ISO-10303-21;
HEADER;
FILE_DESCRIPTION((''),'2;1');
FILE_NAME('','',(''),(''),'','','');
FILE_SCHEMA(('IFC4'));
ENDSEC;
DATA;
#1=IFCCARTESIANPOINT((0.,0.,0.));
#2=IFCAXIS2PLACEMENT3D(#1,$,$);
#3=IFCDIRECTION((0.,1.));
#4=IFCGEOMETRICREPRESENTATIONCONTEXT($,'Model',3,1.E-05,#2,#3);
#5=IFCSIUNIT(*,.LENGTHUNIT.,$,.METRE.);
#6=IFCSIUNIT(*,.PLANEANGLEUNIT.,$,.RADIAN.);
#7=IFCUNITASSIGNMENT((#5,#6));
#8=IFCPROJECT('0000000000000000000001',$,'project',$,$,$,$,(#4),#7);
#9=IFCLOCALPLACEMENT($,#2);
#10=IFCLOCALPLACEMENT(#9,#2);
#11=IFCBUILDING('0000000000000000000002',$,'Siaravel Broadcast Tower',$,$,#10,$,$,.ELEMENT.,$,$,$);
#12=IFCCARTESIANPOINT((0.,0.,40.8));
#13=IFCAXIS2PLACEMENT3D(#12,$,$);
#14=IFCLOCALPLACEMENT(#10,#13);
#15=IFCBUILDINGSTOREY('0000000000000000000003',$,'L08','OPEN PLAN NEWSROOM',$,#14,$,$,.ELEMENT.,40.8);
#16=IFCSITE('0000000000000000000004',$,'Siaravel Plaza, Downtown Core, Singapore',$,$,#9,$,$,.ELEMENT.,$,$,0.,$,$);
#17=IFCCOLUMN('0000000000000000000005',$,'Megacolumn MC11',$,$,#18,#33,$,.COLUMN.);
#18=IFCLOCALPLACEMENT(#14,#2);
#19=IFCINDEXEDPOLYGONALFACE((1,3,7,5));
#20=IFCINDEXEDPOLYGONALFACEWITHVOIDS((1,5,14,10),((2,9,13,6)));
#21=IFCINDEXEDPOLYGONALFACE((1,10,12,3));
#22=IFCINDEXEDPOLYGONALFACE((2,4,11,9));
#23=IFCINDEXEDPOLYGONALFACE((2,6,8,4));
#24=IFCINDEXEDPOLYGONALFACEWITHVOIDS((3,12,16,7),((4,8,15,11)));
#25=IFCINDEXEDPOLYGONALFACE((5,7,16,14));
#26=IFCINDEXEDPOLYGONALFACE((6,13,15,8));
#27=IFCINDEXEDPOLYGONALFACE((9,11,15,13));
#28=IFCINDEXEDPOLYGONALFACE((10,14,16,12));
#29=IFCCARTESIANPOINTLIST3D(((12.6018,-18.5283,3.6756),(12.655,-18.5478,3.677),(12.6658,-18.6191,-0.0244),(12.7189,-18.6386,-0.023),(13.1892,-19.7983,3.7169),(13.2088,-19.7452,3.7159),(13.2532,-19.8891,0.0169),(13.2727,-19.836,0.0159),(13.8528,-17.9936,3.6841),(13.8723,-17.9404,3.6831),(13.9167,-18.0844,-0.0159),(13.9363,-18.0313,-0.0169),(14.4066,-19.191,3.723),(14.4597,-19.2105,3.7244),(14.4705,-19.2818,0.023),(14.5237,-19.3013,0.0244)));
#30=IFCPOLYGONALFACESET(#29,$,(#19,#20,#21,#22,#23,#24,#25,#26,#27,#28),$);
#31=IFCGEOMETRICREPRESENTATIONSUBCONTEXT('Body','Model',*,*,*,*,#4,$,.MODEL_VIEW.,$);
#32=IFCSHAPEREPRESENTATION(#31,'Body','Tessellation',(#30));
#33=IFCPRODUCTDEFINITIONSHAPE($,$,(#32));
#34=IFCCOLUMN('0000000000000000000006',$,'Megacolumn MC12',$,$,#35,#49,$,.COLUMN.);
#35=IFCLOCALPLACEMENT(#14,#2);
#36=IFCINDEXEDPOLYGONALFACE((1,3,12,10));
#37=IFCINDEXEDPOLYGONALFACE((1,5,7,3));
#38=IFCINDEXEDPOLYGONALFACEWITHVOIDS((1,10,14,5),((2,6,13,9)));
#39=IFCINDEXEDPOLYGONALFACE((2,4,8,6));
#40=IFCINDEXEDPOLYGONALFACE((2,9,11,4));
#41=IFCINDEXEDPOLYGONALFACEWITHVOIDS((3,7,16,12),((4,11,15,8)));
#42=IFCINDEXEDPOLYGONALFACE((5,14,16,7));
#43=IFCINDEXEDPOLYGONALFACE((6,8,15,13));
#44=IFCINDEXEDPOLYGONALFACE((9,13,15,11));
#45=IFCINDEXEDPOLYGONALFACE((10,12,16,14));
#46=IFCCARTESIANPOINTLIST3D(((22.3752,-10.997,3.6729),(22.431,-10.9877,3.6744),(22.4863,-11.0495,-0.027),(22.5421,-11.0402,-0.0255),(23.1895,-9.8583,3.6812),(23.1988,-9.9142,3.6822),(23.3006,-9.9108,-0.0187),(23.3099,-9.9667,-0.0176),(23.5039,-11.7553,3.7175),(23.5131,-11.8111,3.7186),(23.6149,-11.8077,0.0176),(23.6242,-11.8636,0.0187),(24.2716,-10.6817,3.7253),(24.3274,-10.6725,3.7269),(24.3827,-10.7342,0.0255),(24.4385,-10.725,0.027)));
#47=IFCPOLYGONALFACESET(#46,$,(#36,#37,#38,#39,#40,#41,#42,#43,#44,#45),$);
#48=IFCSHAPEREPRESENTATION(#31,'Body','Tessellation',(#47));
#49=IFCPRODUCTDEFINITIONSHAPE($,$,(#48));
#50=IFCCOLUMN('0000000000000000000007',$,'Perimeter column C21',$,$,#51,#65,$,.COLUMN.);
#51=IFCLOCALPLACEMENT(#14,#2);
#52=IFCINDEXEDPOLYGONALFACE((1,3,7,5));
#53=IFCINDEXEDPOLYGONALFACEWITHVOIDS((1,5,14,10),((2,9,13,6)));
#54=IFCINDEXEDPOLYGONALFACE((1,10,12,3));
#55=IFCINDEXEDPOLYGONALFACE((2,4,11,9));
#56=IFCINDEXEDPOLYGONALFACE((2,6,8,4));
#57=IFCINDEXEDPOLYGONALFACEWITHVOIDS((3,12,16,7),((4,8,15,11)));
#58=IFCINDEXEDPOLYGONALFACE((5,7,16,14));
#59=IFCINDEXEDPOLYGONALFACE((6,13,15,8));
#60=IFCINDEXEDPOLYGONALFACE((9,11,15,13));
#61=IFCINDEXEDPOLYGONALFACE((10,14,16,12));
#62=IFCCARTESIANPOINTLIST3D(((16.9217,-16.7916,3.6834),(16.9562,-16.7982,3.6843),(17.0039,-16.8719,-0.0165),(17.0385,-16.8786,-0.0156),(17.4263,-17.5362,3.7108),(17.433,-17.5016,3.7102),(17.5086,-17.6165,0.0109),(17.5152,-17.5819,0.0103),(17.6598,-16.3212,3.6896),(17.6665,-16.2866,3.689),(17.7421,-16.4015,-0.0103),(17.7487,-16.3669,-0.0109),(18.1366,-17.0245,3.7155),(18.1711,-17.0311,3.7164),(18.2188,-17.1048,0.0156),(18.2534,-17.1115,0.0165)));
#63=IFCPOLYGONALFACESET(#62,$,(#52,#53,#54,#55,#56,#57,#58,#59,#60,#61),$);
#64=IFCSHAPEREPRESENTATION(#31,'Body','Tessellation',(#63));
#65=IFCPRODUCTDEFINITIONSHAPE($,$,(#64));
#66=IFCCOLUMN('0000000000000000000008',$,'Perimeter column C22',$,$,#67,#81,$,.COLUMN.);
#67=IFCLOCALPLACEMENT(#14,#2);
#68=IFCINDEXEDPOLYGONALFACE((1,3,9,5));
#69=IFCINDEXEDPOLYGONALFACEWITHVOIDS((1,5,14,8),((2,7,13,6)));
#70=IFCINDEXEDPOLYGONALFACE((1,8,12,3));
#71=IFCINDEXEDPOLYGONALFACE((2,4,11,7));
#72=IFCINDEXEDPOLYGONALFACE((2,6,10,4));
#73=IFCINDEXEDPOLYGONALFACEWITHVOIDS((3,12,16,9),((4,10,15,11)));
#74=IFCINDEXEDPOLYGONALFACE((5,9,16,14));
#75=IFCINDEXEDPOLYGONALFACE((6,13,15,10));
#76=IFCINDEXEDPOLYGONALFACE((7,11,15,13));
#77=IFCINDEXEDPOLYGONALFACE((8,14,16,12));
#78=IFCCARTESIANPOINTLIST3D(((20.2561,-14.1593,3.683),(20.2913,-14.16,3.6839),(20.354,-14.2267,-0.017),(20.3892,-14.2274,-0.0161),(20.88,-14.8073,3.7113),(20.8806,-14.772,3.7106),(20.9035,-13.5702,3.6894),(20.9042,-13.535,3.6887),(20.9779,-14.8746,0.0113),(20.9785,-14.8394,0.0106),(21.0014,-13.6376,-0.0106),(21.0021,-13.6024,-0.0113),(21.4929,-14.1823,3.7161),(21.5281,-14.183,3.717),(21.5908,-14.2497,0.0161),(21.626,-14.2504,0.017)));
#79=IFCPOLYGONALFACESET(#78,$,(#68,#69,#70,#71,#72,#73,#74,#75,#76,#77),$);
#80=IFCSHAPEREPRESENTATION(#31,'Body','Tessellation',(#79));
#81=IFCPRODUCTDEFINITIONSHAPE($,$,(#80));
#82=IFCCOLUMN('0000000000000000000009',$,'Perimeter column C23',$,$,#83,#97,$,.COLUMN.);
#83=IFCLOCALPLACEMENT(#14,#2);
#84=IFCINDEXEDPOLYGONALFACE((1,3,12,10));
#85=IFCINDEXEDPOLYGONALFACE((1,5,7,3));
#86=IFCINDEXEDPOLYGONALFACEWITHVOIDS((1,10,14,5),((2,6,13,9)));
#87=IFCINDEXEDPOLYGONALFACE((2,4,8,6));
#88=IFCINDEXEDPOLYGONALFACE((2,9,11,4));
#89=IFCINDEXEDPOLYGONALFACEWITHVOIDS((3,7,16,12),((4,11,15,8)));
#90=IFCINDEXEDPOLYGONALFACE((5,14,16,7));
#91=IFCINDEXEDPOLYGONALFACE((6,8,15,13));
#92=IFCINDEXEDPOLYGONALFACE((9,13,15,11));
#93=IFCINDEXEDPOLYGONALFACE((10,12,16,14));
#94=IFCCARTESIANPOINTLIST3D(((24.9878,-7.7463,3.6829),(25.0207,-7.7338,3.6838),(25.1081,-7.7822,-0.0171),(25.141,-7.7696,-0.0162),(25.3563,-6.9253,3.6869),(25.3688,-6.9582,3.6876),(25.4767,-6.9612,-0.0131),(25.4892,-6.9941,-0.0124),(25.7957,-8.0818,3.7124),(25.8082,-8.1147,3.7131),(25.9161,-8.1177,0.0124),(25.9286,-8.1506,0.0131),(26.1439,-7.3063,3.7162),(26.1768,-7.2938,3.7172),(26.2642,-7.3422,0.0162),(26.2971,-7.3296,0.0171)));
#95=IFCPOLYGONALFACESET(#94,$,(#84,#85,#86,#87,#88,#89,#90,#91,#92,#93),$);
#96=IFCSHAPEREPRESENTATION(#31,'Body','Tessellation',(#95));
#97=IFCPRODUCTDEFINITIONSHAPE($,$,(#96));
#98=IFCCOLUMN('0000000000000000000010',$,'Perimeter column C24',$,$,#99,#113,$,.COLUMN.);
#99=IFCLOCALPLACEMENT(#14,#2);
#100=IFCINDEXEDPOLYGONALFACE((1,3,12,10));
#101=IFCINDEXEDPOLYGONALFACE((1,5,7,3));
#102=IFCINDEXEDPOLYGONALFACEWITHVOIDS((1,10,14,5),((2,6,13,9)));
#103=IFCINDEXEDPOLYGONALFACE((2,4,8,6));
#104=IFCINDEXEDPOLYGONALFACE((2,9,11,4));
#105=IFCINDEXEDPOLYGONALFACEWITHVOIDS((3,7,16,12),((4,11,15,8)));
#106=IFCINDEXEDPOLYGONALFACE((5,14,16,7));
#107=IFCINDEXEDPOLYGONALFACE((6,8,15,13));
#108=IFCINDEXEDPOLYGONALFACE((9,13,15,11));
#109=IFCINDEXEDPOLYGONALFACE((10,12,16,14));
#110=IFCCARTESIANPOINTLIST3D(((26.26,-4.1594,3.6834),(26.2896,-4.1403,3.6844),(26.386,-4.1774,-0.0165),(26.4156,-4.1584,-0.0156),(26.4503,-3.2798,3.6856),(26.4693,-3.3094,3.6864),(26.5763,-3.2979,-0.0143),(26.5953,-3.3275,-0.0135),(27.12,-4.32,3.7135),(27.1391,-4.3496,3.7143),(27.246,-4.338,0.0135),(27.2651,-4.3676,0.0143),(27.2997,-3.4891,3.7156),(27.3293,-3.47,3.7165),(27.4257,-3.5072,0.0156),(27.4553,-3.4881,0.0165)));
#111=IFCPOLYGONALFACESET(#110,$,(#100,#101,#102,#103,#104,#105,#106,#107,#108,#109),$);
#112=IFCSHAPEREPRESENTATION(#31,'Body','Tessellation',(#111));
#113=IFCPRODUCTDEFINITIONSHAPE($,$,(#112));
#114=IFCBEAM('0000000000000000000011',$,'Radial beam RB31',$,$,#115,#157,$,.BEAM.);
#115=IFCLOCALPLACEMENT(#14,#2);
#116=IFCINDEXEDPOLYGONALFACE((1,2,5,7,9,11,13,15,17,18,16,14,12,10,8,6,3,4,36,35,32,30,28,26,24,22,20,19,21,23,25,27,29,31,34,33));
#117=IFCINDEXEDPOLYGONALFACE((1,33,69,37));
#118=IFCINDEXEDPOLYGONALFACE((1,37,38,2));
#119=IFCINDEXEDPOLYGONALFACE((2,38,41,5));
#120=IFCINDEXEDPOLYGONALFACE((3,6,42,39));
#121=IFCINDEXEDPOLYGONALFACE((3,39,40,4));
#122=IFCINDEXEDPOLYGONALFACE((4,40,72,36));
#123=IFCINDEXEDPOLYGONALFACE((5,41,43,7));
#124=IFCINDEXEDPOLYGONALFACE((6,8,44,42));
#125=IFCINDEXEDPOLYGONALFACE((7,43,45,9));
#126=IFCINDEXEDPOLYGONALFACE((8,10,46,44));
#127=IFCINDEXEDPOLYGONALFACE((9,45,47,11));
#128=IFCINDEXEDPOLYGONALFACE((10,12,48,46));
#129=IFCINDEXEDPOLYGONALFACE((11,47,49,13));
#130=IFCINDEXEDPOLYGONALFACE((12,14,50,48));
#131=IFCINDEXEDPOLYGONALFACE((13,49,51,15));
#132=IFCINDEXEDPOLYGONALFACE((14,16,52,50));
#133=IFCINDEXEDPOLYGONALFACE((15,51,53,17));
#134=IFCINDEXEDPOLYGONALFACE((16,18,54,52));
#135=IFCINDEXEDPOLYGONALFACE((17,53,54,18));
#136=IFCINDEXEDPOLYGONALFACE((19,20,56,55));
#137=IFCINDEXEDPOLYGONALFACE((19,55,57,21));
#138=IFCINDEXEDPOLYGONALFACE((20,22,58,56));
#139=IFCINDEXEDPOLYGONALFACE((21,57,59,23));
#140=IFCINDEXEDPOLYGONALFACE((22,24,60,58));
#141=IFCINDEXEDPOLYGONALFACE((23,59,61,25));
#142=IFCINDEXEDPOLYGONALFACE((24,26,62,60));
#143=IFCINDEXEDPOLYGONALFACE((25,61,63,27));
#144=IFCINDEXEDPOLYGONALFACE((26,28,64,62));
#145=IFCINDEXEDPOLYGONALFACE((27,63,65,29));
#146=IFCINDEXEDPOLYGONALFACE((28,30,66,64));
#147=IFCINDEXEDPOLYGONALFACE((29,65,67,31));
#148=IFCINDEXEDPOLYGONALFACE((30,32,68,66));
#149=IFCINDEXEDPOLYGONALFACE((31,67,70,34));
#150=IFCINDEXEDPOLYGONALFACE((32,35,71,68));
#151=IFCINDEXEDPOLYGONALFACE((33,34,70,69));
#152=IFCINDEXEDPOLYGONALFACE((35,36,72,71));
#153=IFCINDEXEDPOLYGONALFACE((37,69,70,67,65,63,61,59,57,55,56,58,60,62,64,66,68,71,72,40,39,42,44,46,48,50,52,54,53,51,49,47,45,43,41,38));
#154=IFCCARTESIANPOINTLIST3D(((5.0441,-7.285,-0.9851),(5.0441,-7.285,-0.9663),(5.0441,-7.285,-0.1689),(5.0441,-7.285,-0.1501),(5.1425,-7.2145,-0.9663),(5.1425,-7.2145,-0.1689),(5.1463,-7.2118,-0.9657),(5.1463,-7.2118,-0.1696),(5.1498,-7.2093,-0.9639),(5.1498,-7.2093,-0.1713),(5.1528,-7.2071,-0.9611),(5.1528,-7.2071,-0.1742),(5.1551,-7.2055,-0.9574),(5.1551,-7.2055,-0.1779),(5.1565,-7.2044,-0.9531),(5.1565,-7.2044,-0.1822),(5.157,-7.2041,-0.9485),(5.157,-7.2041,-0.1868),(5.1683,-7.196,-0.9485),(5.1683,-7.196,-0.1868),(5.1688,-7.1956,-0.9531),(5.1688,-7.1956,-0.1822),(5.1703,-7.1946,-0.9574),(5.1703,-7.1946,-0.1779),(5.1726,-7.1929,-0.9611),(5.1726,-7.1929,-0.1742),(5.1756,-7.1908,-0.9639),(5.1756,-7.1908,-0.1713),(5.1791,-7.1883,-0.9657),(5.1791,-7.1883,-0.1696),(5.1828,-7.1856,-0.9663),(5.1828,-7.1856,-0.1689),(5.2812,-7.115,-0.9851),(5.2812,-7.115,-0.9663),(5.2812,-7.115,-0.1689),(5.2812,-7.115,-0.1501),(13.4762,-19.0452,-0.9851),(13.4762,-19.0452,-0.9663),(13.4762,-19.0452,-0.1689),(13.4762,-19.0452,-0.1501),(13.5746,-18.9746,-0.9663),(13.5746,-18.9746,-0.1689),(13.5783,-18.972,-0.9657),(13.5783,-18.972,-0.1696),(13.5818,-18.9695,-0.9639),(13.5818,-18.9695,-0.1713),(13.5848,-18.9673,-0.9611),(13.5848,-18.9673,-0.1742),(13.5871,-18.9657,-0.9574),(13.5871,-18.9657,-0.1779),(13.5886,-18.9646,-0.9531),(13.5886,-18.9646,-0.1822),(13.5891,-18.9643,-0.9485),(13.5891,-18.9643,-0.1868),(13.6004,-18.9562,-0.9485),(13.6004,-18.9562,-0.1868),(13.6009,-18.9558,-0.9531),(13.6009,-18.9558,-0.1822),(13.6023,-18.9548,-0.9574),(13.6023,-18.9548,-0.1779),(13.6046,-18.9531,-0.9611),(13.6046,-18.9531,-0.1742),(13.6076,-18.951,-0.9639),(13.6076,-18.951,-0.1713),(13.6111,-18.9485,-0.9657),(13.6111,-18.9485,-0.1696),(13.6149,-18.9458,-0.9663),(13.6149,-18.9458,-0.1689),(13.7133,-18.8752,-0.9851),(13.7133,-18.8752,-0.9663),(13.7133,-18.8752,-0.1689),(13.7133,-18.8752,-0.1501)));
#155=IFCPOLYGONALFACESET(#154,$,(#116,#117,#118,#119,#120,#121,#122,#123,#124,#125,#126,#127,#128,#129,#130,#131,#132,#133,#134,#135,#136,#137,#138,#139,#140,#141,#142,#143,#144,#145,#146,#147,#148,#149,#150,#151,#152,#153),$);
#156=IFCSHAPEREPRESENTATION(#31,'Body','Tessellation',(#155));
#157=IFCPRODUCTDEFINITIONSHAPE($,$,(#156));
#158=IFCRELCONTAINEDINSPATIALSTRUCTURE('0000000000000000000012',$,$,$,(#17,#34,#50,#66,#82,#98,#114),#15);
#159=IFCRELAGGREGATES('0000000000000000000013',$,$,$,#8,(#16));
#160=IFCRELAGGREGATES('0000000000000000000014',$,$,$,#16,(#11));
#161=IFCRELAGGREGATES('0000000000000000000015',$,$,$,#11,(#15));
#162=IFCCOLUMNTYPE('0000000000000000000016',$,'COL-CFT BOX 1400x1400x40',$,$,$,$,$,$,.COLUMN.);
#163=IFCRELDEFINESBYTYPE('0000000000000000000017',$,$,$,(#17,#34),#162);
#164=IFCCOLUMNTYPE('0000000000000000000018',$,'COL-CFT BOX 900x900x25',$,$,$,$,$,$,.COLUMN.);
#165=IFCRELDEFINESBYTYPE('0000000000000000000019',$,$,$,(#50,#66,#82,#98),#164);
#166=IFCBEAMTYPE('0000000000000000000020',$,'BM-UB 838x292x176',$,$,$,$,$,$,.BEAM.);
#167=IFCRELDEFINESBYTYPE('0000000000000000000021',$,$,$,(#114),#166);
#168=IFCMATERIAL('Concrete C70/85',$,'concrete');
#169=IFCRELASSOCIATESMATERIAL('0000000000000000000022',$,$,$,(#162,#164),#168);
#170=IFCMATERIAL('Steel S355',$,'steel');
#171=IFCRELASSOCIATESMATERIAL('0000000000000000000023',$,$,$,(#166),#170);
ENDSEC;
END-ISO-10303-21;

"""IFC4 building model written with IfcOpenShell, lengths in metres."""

from ifc_helpers import new_model, si_unit, direction, frame, origin, origin_2d, place, context, subcontext, project, spatial, hollow_rectangle, i_section, extrude, material, material_profile, profile_set, type_object, element, save


model = new_model("IFC4")

# Units and contexts
model_context = context("Model", 3, precision=1e-05, world=origin(), true_north=direction((0.0, 1.0)))
body_context = subcontext(model_context, "Body", "Model", "MODEL_VIEW")
ifc_project = project(units=[si_unit("LENGTHUNIT", "METRE"), si_unit("PLANEANGLEUNIT", "RADIAN")], contexts=[model_context])

# Site, building, storey
site_placement = place(None, origin())
site = spatial("IfcSite", under=ifc_project, at=site_placement, Name="Siaravel Plaza, Downtown Core, Singapore", CompositionType="ELEMENT", RefElevation=0.0)
building_placement = place(site_placement, origin())
building = spatial("IfcBuilding", under=site, at=building_placement, Name="Siaravel Broadcast Tower", CompositionType="ELEMENT")
storey_placement = place(building_placement, frame((0.0, 0.0, 40.8)))
storey = spatial("IfcBuildingStorey", under=building, at=storey_placement, Name="L08", Description="OPEN PLAN NEWSROOM", CompositionType="ELEMENT", Elevation=40.8)

# Columns
ifc_material_1 = material(Name="Concrete C70/85", Category="concrete")
ifc_material_profile_1 = material_profile(ifc_material_1, hollow_rectangle(XDim=1.3999, YDim=1.3999, WallThickness=0.04, at=origin_2d()))
ifc_profile_set_1 = profile_set([ifc_material_profile_1], Name="Concrete C70/85")
column_type_1 = type_object("IfcColumnType", Name="COL-CFT BOX 1400x1400x40", PredefinedType="COLUMN", material=ifc_profile_set_1)
column_1_placement = place(storey_placement, frame((13.5947, -18.9602, 0.0), z_axis=(-0.01728, 0.024535, 0.99955), x_axis=(-0.90754, -0.419931, -0.005382)))
element("IfcColumn", 1, at=column_1_placement, inside=storey, type_object=column_type_1, Name="Megacolumn MC11", PredefinedType="COLUMN", context=body_context, shape_type="SweptSolid", body=[
    extrude(hollow_rectangle(XDim=1.3999, YDim=1.3999, WallThickness=0.04, at=origin_2d()), origin(), (0.0, 0.0, 1.0), 3.7017),
])
column_2_placement = place(storey_placement, frame((23.4624, -10.8872, 0.0), z_axis=(-0.030007, 0.014179, 0.999449), x_axis=(-0.581708, -0.813376, -0.005926)))
element("IfcColumn", 2, at=column_2_placement, inside=storey, type_object=column_type_1, Name="Megacolumn MC12", PredefinedType="COLUMN", context=body_context, shape_type="SweptSolid", body=[
    extrude(hollow_rectangle(XDim=1.3999, YDim=1.3999, WallThickness=0.04, at=origin_2d()), origin(), (0.0, 0.0, 1.0), 3.7019),
])
ifc_material_profile_2 = material_profile(ifc_material_1, hollow_rectangle(XDim=0.8999, YDim=0.8999, WallThickness=0.0249, at=origin_2d()))
ifc_profile_set_2 = profile_set([ifc_material_profile_2], Name="Concrete C70/85")
column_type_2 = type_object("IfcColumnType", Name="COL-CFT BOX 900x900x25", PredefinedType="COLUMN", material=ifc_profile_set_2)
column_3_placement = place(storey_placement, frame((17.6287, -16.9917, 0.0), z_axis=(-0.022226, 0.021699, 0.999517), x_axis=(-0.827647, -0.561215, -0.006221)))
element("IfcColumn", 3, at=column_3_placement, inside=storey, type_object=column_type_2, Name="Perimeter column C21", PredefinedType="COLUMN", context=body_context, shape_type="SweptSolid", body=[
    extrude(hollow_rectangle(XDim=0.8999, YDim=0.8999, WallThickness=0.0249, at=origin_2d()), origin(), (0.0, 0.0, 1.0), 3.7017),
])
column_4_placement = place(storey_placement, frame((20.99, -14.2385, 0.0), z_axis=(-0.026446, 0.018202, 0.999484), x_axis=(-0.72021, -0.693726, -0.006423)))
element("IfcColumn", 4, at=column_4_placement, inside=storey, type_object=column_type_2, Name="Perimeter column C22", PredefinedType="COLUMN", context=body_context, shape_type="SweptSolid", body=[
    extrude(hollow_rectangle(XDim=0.8999, YDim=0.8999, WallThickness=0.0249, at=origin_2d()), origin(), (0.0, 0.0, 1.0), 3.7019),
])
for number, where, z_axis, x_axis, name in (
    (5, (25.7026, -7.5559, 0.0), (-0.032512, 0.009694, 0.999424), (-0.40952, -0.91229, -0.004473), "Perimeter column C23"),
    (6, (26.9207, -3.8328, 0.0), (-0.034028, 0.00488, 0.999409), (-0.211389, -0.977399, -0.002425), "Perimeter column C24"),
):
    element("IfcColumn", number, at=place(storey_placement, frame(where, z_axis=z_axis, x_axis=x_axis)), inside=storey, type_object=column_type_2, Name=name, PredefinedType="COLUMN", context=body_context, shape_type="SweptSolid", body=[
        extrude(hollow_rectangle(XDim=0.8999, YDim=0.8999, WallThickness=0.0249, at=origin_2d()), origin(), (0.0, 0.0, 1.0), 3.7021),
    ])

# Beam
ifc_material_2 = material(Name="Steel S355", Category="steel")
ifc_material_profile_3 = material_profile(ifc_material_2, i_section(OverallWidth=0.2917, OverallDepth=0.835, WebThickness=0.0139, FlangeThickness=0.0188, FilletRadius=0.0178, at=origin_2d()))
ifc_profile_set_3 = profile_set([ifc_material_profile_3], Name="Steel S355")
beam_type = type_object("IfcBeamType", Name="BM-UB 838x292x176", PredefinedType="BEAM", material=ifc_profile_set_3)
beam_1_placement = place(storey_placement, frame((13.5947, -18.9602, -0.5676), z_axis=(-0.582699, 0.812688, 0.0), x_axis=(-0.812688, -0.582699, 0.0)))
element("IfcBeam", 7, at=beam_1_placement, inside=storey, type_object=beam_type, Name="Radial beam RB31", PredefinedType="BEAM", context=body_context, shape_type="SweptSolid", body=[
    extrude(i_section(OverallWidth=0.2917, OverallDepth=0.835, WebThickness=0.0139, FlangeThickness=0.0188, FilletRadius=0.0178, at=origin_2d()), origin(), (0.0, 0.0, 1.0), 14.4707),
])

save(model, "model.ifc")
